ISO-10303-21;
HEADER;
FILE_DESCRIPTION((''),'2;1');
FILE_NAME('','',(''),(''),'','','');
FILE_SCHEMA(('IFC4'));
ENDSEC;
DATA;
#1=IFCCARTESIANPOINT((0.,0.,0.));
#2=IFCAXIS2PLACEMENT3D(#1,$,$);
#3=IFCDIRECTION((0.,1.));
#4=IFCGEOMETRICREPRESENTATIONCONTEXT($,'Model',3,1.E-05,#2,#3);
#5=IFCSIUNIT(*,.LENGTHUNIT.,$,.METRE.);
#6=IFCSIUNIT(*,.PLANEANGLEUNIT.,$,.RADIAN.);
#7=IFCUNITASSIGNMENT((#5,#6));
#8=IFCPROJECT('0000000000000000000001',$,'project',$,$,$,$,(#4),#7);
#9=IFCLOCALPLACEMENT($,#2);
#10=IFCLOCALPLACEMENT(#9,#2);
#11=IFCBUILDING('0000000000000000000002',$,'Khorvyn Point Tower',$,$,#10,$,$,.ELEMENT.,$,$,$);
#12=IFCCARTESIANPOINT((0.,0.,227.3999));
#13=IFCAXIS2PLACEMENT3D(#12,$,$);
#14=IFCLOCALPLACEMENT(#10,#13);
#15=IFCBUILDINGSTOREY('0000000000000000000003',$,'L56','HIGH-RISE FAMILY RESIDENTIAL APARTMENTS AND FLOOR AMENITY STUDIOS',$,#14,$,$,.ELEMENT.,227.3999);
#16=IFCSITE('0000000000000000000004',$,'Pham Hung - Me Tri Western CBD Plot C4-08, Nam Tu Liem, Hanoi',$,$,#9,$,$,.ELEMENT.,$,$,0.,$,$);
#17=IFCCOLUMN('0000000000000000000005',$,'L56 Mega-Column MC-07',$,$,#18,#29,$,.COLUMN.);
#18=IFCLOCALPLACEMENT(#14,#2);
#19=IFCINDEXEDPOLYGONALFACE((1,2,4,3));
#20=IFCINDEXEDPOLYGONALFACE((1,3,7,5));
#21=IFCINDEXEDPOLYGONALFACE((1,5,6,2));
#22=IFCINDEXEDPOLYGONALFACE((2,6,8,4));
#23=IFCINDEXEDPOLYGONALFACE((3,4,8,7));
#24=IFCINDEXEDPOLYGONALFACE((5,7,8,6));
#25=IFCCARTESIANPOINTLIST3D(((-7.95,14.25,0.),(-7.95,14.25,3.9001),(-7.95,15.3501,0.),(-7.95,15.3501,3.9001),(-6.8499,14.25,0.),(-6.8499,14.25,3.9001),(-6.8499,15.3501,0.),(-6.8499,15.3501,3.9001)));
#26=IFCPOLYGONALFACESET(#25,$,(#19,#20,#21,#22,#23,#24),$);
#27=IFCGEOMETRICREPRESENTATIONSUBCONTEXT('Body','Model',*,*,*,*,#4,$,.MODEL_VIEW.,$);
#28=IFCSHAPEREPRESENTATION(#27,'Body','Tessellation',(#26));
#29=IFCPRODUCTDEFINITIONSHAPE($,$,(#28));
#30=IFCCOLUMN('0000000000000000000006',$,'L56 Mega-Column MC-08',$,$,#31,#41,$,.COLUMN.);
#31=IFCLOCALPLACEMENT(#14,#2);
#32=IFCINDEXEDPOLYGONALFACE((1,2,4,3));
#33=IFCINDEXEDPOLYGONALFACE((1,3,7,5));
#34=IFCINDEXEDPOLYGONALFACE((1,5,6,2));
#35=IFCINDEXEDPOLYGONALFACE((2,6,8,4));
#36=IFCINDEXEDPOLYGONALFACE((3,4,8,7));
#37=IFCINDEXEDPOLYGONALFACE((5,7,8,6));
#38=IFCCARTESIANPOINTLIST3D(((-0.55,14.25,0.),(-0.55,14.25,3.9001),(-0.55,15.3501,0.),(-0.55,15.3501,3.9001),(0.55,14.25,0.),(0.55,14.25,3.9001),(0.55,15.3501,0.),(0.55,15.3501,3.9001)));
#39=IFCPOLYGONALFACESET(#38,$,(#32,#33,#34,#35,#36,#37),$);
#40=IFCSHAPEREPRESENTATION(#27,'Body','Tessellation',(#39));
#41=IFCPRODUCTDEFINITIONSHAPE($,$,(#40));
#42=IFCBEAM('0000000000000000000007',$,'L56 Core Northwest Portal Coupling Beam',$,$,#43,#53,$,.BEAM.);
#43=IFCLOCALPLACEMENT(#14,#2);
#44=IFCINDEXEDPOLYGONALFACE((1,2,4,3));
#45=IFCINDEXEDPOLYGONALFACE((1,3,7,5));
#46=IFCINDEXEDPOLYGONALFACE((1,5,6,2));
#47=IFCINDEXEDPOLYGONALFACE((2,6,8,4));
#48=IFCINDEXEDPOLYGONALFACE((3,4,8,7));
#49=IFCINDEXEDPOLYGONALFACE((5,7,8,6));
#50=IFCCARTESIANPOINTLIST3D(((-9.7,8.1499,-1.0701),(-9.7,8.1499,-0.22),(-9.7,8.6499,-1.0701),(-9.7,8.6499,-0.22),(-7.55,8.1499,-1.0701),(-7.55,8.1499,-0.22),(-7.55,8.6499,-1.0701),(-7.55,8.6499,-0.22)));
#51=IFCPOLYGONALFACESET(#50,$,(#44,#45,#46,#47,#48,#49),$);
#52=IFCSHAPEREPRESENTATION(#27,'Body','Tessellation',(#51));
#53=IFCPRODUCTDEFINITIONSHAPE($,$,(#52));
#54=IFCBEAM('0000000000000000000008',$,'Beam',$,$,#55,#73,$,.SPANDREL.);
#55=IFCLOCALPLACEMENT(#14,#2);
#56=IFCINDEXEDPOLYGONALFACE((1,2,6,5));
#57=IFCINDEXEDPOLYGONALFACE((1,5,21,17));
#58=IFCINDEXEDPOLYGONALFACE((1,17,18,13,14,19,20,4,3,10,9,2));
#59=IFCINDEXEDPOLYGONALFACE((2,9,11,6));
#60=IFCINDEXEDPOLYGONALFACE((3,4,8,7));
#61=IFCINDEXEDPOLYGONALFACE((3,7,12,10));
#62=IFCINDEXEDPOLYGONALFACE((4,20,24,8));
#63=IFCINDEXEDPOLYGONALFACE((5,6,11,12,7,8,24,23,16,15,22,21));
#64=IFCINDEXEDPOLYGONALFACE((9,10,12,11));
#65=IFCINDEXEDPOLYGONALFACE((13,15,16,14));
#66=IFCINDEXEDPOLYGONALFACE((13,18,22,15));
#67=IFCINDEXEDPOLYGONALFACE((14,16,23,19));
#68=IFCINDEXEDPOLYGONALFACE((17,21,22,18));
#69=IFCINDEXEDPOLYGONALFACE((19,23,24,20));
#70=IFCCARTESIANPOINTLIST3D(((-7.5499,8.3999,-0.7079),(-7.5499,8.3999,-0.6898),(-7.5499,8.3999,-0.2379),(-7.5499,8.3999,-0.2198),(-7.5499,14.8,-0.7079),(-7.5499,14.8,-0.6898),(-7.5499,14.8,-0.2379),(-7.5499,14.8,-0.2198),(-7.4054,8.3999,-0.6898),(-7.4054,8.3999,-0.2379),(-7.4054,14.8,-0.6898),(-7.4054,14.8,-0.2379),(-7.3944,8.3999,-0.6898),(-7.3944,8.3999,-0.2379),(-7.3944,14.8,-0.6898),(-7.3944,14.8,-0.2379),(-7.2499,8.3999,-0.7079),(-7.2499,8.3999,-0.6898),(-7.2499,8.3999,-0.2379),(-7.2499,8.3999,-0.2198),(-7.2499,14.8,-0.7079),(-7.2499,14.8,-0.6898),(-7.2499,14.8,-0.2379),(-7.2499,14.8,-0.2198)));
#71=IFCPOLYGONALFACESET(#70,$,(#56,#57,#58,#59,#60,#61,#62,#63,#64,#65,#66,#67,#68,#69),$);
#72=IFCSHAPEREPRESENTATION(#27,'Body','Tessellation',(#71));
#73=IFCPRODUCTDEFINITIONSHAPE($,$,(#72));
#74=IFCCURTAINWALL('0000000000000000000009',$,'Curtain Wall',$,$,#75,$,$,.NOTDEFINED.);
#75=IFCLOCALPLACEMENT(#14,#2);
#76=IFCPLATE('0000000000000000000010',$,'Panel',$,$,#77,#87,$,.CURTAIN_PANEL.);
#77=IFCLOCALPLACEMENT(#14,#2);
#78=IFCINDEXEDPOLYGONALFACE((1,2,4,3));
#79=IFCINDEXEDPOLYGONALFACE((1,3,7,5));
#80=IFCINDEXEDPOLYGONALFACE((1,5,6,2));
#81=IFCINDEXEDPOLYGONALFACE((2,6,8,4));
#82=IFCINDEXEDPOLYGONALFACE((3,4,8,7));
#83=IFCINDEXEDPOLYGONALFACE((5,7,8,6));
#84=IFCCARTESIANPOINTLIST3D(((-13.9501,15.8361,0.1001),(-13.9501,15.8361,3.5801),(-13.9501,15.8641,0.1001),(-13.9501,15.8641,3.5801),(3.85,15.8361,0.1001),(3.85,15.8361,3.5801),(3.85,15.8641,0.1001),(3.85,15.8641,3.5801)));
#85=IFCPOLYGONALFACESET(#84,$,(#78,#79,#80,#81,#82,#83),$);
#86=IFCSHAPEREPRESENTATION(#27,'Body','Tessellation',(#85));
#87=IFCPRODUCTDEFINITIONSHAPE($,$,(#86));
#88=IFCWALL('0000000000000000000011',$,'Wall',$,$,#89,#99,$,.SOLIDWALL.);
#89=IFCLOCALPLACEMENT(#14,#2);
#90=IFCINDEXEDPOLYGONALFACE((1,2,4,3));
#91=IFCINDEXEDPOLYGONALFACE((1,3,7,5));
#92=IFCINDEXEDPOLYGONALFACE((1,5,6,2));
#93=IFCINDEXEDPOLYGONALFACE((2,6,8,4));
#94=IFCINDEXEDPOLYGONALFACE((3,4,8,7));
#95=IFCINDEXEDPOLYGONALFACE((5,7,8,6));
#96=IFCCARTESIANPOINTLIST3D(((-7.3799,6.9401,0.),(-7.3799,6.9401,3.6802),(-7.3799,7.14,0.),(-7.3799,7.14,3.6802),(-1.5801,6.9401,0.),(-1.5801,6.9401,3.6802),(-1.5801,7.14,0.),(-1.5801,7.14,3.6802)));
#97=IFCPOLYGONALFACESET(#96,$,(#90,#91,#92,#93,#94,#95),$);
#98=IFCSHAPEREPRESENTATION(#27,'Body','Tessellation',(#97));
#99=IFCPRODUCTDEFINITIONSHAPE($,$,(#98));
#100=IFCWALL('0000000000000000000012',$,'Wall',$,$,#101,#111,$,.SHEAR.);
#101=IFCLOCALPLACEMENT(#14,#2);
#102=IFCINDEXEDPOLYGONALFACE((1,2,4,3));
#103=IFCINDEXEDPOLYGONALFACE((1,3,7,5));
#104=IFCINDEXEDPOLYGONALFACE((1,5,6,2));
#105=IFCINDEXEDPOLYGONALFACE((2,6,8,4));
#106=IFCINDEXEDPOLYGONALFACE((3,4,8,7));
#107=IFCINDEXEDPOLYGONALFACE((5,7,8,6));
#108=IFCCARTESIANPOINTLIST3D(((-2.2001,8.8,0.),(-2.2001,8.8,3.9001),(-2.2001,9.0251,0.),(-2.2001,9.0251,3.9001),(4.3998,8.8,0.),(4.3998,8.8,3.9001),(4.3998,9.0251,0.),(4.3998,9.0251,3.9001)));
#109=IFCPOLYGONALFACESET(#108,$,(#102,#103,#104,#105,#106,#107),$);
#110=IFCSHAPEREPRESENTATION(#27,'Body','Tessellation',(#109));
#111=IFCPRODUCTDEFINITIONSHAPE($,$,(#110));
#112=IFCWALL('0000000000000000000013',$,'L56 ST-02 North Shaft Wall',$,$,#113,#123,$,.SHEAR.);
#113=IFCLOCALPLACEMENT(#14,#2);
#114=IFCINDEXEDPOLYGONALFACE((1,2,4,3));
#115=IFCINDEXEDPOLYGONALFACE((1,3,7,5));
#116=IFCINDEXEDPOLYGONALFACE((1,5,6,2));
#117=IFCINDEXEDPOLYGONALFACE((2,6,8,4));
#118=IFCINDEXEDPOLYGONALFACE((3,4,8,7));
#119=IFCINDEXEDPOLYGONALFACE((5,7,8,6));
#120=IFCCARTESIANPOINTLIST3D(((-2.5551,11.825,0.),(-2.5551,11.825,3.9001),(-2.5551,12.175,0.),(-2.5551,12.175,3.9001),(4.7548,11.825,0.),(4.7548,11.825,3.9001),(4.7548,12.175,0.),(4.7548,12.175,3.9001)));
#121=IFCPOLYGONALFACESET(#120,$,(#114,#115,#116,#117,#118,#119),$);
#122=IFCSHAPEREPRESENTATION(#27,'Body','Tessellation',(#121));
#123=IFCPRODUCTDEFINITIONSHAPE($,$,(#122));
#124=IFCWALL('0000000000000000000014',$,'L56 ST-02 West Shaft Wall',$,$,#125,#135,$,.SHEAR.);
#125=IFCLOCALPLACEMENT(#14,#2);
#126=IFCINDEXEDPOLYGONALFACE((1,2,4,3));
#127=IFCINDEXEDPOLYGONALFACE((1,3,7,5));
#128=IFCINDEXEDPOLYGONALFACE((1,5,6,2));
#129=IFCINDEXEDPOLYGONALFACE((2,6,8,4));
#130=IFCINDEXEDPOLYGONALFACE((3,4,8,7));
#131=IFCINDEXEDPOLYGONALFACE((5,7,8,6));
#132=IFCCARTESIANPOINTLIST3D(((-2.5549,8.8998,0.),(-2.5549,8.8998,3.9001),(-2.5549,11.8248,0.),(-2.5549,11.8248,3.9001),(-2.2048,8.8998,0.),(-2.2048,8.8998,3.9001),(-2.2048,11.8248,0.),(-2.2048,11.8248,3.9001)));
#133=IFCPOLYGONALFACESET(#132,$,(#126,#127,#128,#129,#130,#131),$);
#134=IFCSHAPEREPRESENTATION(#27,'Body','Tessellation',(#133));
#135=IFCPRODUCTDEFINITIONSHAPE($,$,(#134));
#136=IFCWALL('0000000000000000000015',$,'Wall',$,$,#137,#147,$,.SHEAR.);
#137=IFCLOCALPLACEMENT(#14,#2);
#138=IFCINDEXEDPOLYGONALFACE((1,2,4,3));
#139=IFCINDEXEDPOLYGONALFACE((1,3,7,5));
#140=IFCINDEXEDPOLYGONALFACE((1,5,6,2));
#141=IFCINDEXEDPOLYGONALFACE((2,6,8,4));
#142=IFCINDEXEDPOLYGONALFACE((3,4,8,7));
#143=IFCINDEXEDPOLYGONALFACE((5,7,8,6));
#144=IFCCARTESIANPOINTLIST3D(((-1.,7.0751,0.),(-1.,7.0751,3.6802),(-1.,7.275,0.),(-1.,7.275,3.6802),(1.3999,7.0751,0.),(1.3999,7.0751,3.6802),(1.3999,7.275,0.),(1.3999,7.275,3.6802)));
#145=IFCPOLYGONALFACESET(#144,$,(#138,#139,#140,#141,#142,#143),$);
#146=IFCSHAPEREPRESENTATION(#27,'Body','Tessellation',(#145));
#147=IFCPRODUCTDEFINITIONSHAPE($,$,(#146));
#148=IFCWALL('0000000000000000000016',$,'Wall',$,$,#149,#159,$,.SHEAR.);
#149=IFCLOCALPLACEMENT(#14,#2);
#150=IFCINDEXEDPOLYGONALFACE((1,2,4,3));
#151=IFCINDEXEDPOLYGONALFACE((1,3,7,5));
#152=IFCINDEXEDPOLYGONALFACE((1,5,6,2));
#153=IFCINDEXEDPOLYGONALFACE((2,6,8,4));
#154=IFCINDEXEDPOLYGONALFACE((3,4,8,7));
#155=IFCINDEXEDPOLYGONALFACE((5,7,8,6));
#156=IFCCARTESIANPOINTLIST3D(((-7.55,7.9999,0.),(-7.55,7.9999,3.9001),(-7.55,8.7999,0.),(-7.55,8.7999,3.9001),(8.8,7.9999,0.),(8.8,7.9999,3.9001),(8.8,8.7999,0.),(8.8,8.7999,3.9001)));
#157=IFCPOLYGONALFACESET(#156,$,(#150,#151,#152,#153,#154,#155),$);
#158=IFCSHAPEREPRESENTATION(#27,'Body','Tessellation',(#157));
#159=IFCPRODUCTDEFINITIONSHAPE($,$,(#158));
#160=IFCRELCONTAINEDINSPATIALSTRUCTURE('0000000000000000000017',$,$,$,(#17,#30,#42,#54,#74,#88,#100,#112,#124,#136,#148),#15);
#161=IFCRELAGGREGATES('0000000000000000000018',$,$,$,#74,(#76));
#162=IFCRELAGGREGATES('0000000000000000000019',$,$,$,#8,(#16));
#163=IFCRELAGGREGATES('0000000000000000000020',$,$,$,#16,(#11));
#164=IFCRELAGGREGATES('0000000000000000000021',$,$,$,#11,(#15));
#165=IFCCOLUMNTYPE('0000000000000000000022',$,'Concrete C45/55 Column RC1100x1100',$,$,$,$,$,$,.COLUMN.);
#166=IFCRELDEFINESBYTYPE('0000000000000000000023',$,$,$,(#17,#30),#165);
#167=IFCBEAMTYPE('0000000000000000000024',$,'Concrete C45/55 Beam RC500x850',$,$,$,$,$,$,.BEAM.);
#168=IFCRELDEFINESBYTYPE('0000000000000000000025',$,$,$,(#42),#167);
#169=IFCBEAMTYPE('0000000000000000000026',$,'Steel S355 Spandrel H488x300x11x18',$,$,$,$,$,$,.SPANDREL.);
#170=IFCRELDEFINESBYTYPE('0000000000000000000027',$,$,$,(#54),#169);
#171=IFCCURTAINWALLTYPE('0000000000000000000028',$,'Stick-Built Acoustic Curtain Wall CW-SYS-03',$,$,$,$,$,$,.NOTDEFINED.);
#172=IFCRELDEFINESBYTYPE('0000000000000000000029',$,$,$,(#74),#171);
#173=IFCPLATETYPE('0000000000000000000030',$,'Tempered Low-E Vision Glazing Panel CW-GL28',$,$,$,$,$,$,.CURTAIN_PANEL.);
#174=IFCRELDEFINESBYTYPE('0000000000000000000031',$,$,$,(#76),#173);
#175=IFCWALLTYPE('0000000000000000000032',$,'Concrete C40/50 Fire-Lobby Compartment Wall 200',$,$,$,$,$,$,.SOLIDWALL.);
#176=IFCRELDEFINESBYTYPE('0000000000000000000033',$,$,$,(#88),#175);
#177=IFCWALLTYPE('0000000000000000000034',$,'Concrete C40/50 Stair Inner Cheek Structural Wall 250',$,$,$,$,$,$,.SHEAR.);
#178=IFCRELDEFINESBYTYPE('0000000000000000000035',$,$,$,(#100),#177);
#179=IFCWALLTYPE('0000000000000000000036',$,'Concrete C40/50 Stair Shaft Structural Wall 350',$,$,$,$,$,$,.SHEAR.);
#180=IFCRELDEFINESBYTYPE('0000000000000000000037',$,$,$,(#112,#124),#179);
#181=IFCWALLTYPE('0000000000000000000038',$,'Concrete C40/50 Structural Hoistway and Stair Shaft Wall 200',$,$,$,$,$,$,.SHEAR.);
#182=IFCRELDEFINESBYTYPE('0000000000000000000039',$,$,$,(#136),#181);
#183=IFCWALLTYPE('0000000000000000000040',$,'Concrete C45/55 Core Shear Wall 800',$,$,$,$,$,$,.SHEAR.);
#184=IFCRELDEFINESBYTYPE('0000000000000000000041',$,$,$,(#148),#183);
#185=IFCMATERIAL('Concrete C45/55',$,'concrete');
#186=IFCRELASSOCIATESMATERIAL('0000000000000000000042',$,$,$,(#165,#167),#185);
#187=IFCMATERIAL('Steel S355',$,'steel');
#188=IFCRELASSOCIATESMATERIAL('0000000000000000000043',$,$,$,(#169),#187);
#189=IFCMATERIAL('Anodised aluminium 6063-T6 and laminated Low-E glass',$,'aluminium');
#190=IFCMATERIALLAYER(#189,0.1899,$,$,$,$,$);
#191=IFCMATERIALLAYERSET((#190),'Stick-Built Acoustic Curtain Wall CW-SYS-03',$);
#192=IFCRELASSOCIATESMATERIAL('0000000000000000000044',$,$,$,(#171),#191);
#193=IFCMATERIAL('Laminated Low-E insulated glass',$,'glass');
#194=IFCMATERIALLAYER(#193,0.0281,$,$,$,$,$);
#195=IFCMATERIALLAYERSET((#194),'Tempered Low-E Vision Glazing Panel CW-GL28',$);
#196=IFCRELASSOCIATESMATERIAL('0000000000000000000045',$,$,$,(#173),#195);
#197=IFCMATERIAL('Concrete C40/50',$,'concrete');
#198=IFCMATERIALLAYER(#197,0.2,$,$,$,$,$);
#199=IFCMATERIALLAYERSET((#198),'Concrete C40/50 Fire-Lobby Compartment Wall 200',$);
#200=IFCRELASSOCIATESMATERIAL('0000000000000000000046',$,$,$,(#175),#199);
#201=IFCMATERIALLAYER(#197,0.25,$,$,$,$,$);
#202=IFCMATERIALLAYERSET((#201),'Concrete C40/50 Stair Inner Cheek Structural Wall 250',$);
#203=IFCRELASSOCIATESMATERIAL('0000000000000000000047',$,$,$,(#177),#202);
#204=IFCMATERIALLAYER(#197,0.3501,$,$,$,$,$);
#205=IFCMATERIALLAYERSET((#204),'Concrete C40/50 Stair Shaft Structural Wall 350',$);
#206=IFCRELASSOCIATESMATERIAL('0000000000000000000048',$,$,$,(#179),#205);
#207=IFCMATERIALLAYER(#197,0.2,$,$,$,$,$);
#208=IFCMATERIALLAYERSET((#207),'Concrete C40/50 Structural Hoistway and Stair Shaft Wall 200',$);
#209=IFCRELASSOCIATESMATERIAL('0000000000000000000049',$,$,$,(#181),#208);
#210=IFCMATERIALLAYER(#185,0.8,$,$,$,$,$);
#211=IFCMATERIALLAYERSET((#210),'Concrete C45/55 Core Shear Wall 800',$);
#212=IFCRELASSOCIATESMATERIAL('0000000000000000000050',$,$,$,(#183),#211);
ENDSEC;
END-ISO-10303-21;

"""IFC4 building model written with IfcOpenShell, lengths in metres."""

from ifc_helpers import new_model, si_unit, direction, frame, frame_2d, origin, origin_2d, place, context, subcontext, project, spatial, rectangle, i_section, extrude, material, layer, layer_set, material_profile, profile_set, type_object, element, aggregate, save


model = new_model("IFC4")

# Units and contexts
model_context = context("Model", 3, precision=1e-05, world=origin(), true_north=direction((0.0, 1.0)))
body_context = subcontext(model_context, "Body", "Model", "MODEL_VIEW")
ifc_project = project(units=[si_unit("LENGTHUNIT", "METRE"), si_unit("PLANEANGLEUNIT", "RADIAN")], contexts=[model_context])

# Site, building, storey
site_placement = place(None, origin())
site = spatial("IfcSite", under=ifc_project, at=site_placement, Name="Pham Hung - Me Tri Western CBD Plot C4-08, Nam Tu Liem, Hanoi", CompositionType="ELEMENT", RefElevation=0.0)
building_placement = place(site_placement, origin())
building = spatial("IfcBuilding", under=site, at=building_placement, Name="Khorvyn Point Tower", CompositionType="ELEMENT")
storey_placement = place(building_placement, frame((0.0, 0.0, 227.3999)))
storey = spatial("IfcBuildingStorey", under=building, at=storey_placement, Name="L56", Description="HIGH-RISE FAMILY RESIDENTIAL APARTMENTS AND FLOOR AMENITY STUDIOS", CompositionType="ELEMENT", Elevation=227.3999)

# Columns
ifc_material_1 = material(Name="Concrete C45/55", Category="concrete")
ifc_material_profile_1 = material_profile(ifc_material_1, rectangle(XDim=1.1001, YDim=1.1001, at=origin_2d()))
ifc_profile_set_1 = profile_set([ifc_material_profile_1], Name="Concrete C45/55 RC1100x1100")
column_type = type_object("IfcColumnType", Name="Concrete C45/55 Column RC1100x1100", PredefinedType="COLUMN", material=ifc_profile_set_1)
for number, where, z_axis, x_axis, name in (
    (1, (-7.3999, 14.8, 0.0), (0.0, 0.0, 1.0), (1.0, 0.0, 0.0), "L56 Mega-Column MC-07"),
    (2, (0.0, 14.8, 0.0), (0.0, 0.0, 1.0), (1.0, 0.0, 0.0), "L56 Mega-Column MC-08"),
):
    element("IfcColumn", number, at=place(storey_placement, frame(where, z_axis=z_axis, x_axis=x_axis)), inside=storey, type_object=column_type, Name=name, PredefinedType="COLUMN", context=body_context, shape_type="SweptSolid", body=[
        extrude(rectangle(XDim=1.1001, YDim=1.1001, at=origin_2d()), origin(), (0.0, 0.0, 1.0), 3.9001),
    ])

# Beams
ifc_material_profile_2 = material_profile(ifc_material_1, rectangle(XDim=0.5, YDim=0.8501, at=origin_2d()))
ifc_profile_set_2 = profile_set([ifc_material_profile_2], Name="Concrete C45/55 RC500x850")
beam_type_1 = type_object("IfcBeamType", Name="Concrete C45/55 Beam RC500x850", PredefinedType="BEAM", material=ifc_profile_set_2)
beam_1_placement = place(storey_placement, frame((-9.7, 8.3999, -0.645), z_axis=(1.0, 0.0, 0.0), x_axis=(0.0, 1.0, 0.0)))
element("IfcBeam", 3, at=beam_1_placement, inside=storey, type_object=beam_type_1, Name="L56 Core Northwest Portal Coupling Beam", PredefinedType="BEAM", context=body_context, shape_type="SweptSolid", body=[
    extrude(rectangle(XDim=0.5, YDim=0.8501, at=origin_2d()), origin(), (0.0, 0.0, 1.0), 2.1499),
])
ifc_material_2 = material(Name="Steel S355", Category="steel")
ifc_material_profile_3 = material_profile(ifc_material_2, i_section(OverallWidth=0.3, OverallDepth=0.488, WebThickness=0.011, FlangeThickness=0.0181, at=origin_2d()))
ifc_profile_set_3 = profile_set([ifc_material_profile_3], Name="Steel S355 H488x300x11x18")
beam_type_2 = type_object("IfcBeamType", Name="Steel S355 Spandrel H488x300x11x18", PredefinedType="SPANDREL", material=ifc_profile_set_3)
beam_2_placement = place(storey_placement, frame((-7.3999, 8.3999, -0.4639), z_axis=(0.0, 1.0, 0.0), x_axis=(-1.0, 0.0, 0.0)))
element("IfcBeam", 4, at=beam_2_placement, inside=storey, type_object=beam_type_2, Name="Beam", PredefinedType="SPANDREL", context=body_context, shape_type="SweptSolid", body=[
    extrude(i_section(OverallWidth=0.3, OverallDepth=0.488, WebThickness=0.011, FlangeThickness=0.0181, at=origin_2d()), origin(), (0.0, 0.0, 1.0), 6.4001),
])

# Curtain wall, plate
ifc_material_3 = material(Name="Anodised aluminium 6063-T6 and laminated Low-E glass", Category="aluminium")
ifc_layer_1 = layer(ifc_material_3, 0.1899)
ifc_layer_set_1 = layer_set([ifc_layer_1], Name="Stick-Built Acoustic Curtain Wall CW-SYS-03")
curtain_wall_type = type_object("IfcCurtainWallType", Name="Stick-Built Acoustic Curtain Wall CW-SYS-03", PredefinedType="NOTDEFINED", material=ifc_layer_set_1)
curtain_wall_placement = place(storey_placement, origin())
curtain_wall = element("IfcCurtainWall", 5, at=curtain_wall_placement, inside=storey, type_object=curtain_wall_type, Name="Curtain Wall", PredefinedType="NOTDEFINED")
ifc_material_4 = material(Name="Laminated Low-E insulated glass", Category="glass")
ifc_layer_2 = layer(ifc_material_4, 0.0281)
ifc_layer_set_2 = layer_set([ifc_layer_2], Name="Tempered Low-E Vision Glazing Panel CW-GL28")
plate_type = type_object("IfcPlateType", Name="Tempered Low-E Vision Glazing Panel CW-GL28", PredefinedType="CURTAIN_PANEL", material=ifc_layer_set_2)
plate_placement = place(storey_placement, frame((-5.05, 15.8501, 0.1001), z_axis=(0.0, 0.0, 1.0), x_axis=(1.0, 0.0, 0.0)))
plate = element("IfcPlate", 6, at=plate_placement, type_object=plate_type, Name="Panel", PredefinedType="CURTAIN_PANEL", context=body_context, shape_type="SweptSolid", body=[
    extrude(rectangle(XDim=17.8, YDim=0.0281, at=origin_2d()), origin(), (0.0, 0.0, 1.0), 3.48),
])
aggregate(curtain_wall, [plate])

# Shared definitions
ifc_material_5 = material(Name="Concrete C40/50", Category="concrete")
ifc_layer_3 = layer(ifc_material_5, 0.2)
ifc_layer_set_3 = layer_set([ifc_layer_3], Name="Concrete C40/50 Fire-Lobby Compartment Wall 200")
wall_type_1 = type_object("IfcWallType", Name="Concrete C40/50 Fire-Lobby Compartment Wall 200", PredefinedType="SOLIDWALL", material=ifc_layer_set_3)

# Walls
wall_1_placement = place(storey_placement, frame((-7.3799, 7.04, 0.0), z_axis=(0.0, 0.0, 1.0), x_axis=(1.0, 0.0, 0.0)))
element("IfcWall", 7, at=wall_1_placement, inside=storey, type_object=wall_type_1, Name="Wall", PredefinedType="SOLIDWALL", context=body_context, shape_type="SweptSolid", body=[
    extrude(rectangle(XDim=5.7998, YDim=0.2, at=frame_2d((2.8999, 0.0))), origin(), (0.0, 0.0, 1.0), 3.6802),
])
ifc_layer_4 = layer(ifc_material_5, 0.25)
ifc_layer_set_4 = layer_set([ifc_layer_4], Name="Concrete C40/50 Stair Inner Cheek Structural Wall 250")
wall_type_2 = type_object("IfcWallType", Name="Concrete C40/50 Stair Inner Cheek Structural Wall 250", PredefinedType="SHEAR", material=ifc_layer_set_4)
wall_2_placement = place(storey_placement, frame((-2.2, 8.9126, 0.0), z_axis=(0.0, 0.0, 1.0), x_axis=(1.0, 0.0, 0.0)))
element("IfcWall", 8, at=wall_2_placement, inside=storey, type_object=wall_type_2, Name="Wall", PredefinedType="SHEAR", context=body_context, shape_type="SweptSolid", body=[
    extrude(rectangle(XDim=6.5999, YDim=0.2251, at=frame_2d((3.2998, 0.0))), origin(), (0.0, 0.0, 1.0), 3.9001),
])
ifc_layer_5 = layer(ifc_material_5, 0.3501)
ifc_layer_set_5 = layer_set([ifc_layer_5], Name="Concrete C40/50 Stair Shaft Structural Wall 350")
wall_type_3 = type_object("IfcWallType", Name="Concrete C40/50 Stair Shaft Structural Wall 350", PredefinedType="SHEAR", material=ifc_layer_set_5)
wall_3_placement = place(storey_placement, frame((-2.5549, 12.0, 0.0), z_axis=(0.0, 0.0, 1.0), x_axis=(1.0, 0.0, 0.0)))
element("IfcWall", 9, at=wall_3_placement, inside=storey, type_object=wall_type_3, Name="L56 ST-02 North Shaft Wall", PredefinedType="SHEAR", context=body_context, shape_type="SweptSolid", body=[
    extrude(rectangle(XDim=7.3098, YDim=0.3501, at=frame_2d((3.6548, 0.0))), origin(), (0.0, 0.0, 1.0), 3.9001),
])
wall_4_placement = place(storey_placement, frame((-2.3799, 8.8999, 0.0), z_axis=(0.0, 0.0, 1.0), x_axis=(0.0, 1.0, 0.0)))
element("IfcWall", 10, at=wall_4_placement, inside=storey, type_object=wall_type_3, Name="L56 ST-02 West Shaft Wall", PredefinedType="SHEAR", context=body_context, shape_type="SweptSolid", body=[
    extrude(rectangle(XDim=2.925, YDim=0.3501, at=frame_2d((1.4624, 0.0))), origin(), (0.0, 0.0, 1.0), 3.9001),
])
ifc_layer_6 = layer(ifc_material_5, 0.2)
ifc_layer_set_6 = layer_set([ifc_layer_6], Name="Concrete C40/50 Structural Hoistway and Stair Shaft Wall 200")
wall_type_4 = type_object("IfcWallType", Name="Concrete C40/50 Structural Hoistway and Stair Shaft Wall 200", PredefinedType="SHEAR", material=ifc_layer_set_6)
wall_5_placement = place(storey_placement, frame((-1.0, 7.175, 0.0), z_axis=(0.0, 0.0, 1.0), x_axis=(1.0, 0.0, 0.0)))
element("IfcWall", 11, at=wall_5_placement, inside=storey, type_object=wall_type_4, Name="Wall", PredefinedType="SHEAR", context=body_context, shape_type="SweptSolid", body=[
    extrude(rectangle(XDim=2.3999, YDim=0.2, at=frame_2d((1.2, 0.0))), origin(), (0.0, 0.0, 1.0), 3.6802),
])
ifc_layer_7 = layer(ifc_material_1, 0.8)
ifc_layer_set_7 = layer_set([ifc_layer_7], Name="Concrete C45/55 Core Shear Wall 800")
wall_type_5 = type_object("IfcWallType", Name="Concrete C45/55 Core Shear Wall 800", PredefinedType="SHEAR", material=ifc_layer_set_7)
wall_6_placement = place(storey_placement, frame((-7.55, 8.3999, 0.0), z_axis=(0.0, 0.0, 1.0), x_axis=(1.0, 0.0, 0.0)))
element("IfcWall", 12, at=wall_6_placement, inside=storey, type_object=wall_type_5, Name="Wall", PredefinedType="SHEAR", context=body_context, shape_type="SweptSolid", body=[
    extrude(rectangle(XDim=16.3501, YDim=0.8, at=frame_2d((8.175, 0.0))), origin(), (0.0, 0.0, 1.0), 3.9001),
])

save(model, "model.ifc")
